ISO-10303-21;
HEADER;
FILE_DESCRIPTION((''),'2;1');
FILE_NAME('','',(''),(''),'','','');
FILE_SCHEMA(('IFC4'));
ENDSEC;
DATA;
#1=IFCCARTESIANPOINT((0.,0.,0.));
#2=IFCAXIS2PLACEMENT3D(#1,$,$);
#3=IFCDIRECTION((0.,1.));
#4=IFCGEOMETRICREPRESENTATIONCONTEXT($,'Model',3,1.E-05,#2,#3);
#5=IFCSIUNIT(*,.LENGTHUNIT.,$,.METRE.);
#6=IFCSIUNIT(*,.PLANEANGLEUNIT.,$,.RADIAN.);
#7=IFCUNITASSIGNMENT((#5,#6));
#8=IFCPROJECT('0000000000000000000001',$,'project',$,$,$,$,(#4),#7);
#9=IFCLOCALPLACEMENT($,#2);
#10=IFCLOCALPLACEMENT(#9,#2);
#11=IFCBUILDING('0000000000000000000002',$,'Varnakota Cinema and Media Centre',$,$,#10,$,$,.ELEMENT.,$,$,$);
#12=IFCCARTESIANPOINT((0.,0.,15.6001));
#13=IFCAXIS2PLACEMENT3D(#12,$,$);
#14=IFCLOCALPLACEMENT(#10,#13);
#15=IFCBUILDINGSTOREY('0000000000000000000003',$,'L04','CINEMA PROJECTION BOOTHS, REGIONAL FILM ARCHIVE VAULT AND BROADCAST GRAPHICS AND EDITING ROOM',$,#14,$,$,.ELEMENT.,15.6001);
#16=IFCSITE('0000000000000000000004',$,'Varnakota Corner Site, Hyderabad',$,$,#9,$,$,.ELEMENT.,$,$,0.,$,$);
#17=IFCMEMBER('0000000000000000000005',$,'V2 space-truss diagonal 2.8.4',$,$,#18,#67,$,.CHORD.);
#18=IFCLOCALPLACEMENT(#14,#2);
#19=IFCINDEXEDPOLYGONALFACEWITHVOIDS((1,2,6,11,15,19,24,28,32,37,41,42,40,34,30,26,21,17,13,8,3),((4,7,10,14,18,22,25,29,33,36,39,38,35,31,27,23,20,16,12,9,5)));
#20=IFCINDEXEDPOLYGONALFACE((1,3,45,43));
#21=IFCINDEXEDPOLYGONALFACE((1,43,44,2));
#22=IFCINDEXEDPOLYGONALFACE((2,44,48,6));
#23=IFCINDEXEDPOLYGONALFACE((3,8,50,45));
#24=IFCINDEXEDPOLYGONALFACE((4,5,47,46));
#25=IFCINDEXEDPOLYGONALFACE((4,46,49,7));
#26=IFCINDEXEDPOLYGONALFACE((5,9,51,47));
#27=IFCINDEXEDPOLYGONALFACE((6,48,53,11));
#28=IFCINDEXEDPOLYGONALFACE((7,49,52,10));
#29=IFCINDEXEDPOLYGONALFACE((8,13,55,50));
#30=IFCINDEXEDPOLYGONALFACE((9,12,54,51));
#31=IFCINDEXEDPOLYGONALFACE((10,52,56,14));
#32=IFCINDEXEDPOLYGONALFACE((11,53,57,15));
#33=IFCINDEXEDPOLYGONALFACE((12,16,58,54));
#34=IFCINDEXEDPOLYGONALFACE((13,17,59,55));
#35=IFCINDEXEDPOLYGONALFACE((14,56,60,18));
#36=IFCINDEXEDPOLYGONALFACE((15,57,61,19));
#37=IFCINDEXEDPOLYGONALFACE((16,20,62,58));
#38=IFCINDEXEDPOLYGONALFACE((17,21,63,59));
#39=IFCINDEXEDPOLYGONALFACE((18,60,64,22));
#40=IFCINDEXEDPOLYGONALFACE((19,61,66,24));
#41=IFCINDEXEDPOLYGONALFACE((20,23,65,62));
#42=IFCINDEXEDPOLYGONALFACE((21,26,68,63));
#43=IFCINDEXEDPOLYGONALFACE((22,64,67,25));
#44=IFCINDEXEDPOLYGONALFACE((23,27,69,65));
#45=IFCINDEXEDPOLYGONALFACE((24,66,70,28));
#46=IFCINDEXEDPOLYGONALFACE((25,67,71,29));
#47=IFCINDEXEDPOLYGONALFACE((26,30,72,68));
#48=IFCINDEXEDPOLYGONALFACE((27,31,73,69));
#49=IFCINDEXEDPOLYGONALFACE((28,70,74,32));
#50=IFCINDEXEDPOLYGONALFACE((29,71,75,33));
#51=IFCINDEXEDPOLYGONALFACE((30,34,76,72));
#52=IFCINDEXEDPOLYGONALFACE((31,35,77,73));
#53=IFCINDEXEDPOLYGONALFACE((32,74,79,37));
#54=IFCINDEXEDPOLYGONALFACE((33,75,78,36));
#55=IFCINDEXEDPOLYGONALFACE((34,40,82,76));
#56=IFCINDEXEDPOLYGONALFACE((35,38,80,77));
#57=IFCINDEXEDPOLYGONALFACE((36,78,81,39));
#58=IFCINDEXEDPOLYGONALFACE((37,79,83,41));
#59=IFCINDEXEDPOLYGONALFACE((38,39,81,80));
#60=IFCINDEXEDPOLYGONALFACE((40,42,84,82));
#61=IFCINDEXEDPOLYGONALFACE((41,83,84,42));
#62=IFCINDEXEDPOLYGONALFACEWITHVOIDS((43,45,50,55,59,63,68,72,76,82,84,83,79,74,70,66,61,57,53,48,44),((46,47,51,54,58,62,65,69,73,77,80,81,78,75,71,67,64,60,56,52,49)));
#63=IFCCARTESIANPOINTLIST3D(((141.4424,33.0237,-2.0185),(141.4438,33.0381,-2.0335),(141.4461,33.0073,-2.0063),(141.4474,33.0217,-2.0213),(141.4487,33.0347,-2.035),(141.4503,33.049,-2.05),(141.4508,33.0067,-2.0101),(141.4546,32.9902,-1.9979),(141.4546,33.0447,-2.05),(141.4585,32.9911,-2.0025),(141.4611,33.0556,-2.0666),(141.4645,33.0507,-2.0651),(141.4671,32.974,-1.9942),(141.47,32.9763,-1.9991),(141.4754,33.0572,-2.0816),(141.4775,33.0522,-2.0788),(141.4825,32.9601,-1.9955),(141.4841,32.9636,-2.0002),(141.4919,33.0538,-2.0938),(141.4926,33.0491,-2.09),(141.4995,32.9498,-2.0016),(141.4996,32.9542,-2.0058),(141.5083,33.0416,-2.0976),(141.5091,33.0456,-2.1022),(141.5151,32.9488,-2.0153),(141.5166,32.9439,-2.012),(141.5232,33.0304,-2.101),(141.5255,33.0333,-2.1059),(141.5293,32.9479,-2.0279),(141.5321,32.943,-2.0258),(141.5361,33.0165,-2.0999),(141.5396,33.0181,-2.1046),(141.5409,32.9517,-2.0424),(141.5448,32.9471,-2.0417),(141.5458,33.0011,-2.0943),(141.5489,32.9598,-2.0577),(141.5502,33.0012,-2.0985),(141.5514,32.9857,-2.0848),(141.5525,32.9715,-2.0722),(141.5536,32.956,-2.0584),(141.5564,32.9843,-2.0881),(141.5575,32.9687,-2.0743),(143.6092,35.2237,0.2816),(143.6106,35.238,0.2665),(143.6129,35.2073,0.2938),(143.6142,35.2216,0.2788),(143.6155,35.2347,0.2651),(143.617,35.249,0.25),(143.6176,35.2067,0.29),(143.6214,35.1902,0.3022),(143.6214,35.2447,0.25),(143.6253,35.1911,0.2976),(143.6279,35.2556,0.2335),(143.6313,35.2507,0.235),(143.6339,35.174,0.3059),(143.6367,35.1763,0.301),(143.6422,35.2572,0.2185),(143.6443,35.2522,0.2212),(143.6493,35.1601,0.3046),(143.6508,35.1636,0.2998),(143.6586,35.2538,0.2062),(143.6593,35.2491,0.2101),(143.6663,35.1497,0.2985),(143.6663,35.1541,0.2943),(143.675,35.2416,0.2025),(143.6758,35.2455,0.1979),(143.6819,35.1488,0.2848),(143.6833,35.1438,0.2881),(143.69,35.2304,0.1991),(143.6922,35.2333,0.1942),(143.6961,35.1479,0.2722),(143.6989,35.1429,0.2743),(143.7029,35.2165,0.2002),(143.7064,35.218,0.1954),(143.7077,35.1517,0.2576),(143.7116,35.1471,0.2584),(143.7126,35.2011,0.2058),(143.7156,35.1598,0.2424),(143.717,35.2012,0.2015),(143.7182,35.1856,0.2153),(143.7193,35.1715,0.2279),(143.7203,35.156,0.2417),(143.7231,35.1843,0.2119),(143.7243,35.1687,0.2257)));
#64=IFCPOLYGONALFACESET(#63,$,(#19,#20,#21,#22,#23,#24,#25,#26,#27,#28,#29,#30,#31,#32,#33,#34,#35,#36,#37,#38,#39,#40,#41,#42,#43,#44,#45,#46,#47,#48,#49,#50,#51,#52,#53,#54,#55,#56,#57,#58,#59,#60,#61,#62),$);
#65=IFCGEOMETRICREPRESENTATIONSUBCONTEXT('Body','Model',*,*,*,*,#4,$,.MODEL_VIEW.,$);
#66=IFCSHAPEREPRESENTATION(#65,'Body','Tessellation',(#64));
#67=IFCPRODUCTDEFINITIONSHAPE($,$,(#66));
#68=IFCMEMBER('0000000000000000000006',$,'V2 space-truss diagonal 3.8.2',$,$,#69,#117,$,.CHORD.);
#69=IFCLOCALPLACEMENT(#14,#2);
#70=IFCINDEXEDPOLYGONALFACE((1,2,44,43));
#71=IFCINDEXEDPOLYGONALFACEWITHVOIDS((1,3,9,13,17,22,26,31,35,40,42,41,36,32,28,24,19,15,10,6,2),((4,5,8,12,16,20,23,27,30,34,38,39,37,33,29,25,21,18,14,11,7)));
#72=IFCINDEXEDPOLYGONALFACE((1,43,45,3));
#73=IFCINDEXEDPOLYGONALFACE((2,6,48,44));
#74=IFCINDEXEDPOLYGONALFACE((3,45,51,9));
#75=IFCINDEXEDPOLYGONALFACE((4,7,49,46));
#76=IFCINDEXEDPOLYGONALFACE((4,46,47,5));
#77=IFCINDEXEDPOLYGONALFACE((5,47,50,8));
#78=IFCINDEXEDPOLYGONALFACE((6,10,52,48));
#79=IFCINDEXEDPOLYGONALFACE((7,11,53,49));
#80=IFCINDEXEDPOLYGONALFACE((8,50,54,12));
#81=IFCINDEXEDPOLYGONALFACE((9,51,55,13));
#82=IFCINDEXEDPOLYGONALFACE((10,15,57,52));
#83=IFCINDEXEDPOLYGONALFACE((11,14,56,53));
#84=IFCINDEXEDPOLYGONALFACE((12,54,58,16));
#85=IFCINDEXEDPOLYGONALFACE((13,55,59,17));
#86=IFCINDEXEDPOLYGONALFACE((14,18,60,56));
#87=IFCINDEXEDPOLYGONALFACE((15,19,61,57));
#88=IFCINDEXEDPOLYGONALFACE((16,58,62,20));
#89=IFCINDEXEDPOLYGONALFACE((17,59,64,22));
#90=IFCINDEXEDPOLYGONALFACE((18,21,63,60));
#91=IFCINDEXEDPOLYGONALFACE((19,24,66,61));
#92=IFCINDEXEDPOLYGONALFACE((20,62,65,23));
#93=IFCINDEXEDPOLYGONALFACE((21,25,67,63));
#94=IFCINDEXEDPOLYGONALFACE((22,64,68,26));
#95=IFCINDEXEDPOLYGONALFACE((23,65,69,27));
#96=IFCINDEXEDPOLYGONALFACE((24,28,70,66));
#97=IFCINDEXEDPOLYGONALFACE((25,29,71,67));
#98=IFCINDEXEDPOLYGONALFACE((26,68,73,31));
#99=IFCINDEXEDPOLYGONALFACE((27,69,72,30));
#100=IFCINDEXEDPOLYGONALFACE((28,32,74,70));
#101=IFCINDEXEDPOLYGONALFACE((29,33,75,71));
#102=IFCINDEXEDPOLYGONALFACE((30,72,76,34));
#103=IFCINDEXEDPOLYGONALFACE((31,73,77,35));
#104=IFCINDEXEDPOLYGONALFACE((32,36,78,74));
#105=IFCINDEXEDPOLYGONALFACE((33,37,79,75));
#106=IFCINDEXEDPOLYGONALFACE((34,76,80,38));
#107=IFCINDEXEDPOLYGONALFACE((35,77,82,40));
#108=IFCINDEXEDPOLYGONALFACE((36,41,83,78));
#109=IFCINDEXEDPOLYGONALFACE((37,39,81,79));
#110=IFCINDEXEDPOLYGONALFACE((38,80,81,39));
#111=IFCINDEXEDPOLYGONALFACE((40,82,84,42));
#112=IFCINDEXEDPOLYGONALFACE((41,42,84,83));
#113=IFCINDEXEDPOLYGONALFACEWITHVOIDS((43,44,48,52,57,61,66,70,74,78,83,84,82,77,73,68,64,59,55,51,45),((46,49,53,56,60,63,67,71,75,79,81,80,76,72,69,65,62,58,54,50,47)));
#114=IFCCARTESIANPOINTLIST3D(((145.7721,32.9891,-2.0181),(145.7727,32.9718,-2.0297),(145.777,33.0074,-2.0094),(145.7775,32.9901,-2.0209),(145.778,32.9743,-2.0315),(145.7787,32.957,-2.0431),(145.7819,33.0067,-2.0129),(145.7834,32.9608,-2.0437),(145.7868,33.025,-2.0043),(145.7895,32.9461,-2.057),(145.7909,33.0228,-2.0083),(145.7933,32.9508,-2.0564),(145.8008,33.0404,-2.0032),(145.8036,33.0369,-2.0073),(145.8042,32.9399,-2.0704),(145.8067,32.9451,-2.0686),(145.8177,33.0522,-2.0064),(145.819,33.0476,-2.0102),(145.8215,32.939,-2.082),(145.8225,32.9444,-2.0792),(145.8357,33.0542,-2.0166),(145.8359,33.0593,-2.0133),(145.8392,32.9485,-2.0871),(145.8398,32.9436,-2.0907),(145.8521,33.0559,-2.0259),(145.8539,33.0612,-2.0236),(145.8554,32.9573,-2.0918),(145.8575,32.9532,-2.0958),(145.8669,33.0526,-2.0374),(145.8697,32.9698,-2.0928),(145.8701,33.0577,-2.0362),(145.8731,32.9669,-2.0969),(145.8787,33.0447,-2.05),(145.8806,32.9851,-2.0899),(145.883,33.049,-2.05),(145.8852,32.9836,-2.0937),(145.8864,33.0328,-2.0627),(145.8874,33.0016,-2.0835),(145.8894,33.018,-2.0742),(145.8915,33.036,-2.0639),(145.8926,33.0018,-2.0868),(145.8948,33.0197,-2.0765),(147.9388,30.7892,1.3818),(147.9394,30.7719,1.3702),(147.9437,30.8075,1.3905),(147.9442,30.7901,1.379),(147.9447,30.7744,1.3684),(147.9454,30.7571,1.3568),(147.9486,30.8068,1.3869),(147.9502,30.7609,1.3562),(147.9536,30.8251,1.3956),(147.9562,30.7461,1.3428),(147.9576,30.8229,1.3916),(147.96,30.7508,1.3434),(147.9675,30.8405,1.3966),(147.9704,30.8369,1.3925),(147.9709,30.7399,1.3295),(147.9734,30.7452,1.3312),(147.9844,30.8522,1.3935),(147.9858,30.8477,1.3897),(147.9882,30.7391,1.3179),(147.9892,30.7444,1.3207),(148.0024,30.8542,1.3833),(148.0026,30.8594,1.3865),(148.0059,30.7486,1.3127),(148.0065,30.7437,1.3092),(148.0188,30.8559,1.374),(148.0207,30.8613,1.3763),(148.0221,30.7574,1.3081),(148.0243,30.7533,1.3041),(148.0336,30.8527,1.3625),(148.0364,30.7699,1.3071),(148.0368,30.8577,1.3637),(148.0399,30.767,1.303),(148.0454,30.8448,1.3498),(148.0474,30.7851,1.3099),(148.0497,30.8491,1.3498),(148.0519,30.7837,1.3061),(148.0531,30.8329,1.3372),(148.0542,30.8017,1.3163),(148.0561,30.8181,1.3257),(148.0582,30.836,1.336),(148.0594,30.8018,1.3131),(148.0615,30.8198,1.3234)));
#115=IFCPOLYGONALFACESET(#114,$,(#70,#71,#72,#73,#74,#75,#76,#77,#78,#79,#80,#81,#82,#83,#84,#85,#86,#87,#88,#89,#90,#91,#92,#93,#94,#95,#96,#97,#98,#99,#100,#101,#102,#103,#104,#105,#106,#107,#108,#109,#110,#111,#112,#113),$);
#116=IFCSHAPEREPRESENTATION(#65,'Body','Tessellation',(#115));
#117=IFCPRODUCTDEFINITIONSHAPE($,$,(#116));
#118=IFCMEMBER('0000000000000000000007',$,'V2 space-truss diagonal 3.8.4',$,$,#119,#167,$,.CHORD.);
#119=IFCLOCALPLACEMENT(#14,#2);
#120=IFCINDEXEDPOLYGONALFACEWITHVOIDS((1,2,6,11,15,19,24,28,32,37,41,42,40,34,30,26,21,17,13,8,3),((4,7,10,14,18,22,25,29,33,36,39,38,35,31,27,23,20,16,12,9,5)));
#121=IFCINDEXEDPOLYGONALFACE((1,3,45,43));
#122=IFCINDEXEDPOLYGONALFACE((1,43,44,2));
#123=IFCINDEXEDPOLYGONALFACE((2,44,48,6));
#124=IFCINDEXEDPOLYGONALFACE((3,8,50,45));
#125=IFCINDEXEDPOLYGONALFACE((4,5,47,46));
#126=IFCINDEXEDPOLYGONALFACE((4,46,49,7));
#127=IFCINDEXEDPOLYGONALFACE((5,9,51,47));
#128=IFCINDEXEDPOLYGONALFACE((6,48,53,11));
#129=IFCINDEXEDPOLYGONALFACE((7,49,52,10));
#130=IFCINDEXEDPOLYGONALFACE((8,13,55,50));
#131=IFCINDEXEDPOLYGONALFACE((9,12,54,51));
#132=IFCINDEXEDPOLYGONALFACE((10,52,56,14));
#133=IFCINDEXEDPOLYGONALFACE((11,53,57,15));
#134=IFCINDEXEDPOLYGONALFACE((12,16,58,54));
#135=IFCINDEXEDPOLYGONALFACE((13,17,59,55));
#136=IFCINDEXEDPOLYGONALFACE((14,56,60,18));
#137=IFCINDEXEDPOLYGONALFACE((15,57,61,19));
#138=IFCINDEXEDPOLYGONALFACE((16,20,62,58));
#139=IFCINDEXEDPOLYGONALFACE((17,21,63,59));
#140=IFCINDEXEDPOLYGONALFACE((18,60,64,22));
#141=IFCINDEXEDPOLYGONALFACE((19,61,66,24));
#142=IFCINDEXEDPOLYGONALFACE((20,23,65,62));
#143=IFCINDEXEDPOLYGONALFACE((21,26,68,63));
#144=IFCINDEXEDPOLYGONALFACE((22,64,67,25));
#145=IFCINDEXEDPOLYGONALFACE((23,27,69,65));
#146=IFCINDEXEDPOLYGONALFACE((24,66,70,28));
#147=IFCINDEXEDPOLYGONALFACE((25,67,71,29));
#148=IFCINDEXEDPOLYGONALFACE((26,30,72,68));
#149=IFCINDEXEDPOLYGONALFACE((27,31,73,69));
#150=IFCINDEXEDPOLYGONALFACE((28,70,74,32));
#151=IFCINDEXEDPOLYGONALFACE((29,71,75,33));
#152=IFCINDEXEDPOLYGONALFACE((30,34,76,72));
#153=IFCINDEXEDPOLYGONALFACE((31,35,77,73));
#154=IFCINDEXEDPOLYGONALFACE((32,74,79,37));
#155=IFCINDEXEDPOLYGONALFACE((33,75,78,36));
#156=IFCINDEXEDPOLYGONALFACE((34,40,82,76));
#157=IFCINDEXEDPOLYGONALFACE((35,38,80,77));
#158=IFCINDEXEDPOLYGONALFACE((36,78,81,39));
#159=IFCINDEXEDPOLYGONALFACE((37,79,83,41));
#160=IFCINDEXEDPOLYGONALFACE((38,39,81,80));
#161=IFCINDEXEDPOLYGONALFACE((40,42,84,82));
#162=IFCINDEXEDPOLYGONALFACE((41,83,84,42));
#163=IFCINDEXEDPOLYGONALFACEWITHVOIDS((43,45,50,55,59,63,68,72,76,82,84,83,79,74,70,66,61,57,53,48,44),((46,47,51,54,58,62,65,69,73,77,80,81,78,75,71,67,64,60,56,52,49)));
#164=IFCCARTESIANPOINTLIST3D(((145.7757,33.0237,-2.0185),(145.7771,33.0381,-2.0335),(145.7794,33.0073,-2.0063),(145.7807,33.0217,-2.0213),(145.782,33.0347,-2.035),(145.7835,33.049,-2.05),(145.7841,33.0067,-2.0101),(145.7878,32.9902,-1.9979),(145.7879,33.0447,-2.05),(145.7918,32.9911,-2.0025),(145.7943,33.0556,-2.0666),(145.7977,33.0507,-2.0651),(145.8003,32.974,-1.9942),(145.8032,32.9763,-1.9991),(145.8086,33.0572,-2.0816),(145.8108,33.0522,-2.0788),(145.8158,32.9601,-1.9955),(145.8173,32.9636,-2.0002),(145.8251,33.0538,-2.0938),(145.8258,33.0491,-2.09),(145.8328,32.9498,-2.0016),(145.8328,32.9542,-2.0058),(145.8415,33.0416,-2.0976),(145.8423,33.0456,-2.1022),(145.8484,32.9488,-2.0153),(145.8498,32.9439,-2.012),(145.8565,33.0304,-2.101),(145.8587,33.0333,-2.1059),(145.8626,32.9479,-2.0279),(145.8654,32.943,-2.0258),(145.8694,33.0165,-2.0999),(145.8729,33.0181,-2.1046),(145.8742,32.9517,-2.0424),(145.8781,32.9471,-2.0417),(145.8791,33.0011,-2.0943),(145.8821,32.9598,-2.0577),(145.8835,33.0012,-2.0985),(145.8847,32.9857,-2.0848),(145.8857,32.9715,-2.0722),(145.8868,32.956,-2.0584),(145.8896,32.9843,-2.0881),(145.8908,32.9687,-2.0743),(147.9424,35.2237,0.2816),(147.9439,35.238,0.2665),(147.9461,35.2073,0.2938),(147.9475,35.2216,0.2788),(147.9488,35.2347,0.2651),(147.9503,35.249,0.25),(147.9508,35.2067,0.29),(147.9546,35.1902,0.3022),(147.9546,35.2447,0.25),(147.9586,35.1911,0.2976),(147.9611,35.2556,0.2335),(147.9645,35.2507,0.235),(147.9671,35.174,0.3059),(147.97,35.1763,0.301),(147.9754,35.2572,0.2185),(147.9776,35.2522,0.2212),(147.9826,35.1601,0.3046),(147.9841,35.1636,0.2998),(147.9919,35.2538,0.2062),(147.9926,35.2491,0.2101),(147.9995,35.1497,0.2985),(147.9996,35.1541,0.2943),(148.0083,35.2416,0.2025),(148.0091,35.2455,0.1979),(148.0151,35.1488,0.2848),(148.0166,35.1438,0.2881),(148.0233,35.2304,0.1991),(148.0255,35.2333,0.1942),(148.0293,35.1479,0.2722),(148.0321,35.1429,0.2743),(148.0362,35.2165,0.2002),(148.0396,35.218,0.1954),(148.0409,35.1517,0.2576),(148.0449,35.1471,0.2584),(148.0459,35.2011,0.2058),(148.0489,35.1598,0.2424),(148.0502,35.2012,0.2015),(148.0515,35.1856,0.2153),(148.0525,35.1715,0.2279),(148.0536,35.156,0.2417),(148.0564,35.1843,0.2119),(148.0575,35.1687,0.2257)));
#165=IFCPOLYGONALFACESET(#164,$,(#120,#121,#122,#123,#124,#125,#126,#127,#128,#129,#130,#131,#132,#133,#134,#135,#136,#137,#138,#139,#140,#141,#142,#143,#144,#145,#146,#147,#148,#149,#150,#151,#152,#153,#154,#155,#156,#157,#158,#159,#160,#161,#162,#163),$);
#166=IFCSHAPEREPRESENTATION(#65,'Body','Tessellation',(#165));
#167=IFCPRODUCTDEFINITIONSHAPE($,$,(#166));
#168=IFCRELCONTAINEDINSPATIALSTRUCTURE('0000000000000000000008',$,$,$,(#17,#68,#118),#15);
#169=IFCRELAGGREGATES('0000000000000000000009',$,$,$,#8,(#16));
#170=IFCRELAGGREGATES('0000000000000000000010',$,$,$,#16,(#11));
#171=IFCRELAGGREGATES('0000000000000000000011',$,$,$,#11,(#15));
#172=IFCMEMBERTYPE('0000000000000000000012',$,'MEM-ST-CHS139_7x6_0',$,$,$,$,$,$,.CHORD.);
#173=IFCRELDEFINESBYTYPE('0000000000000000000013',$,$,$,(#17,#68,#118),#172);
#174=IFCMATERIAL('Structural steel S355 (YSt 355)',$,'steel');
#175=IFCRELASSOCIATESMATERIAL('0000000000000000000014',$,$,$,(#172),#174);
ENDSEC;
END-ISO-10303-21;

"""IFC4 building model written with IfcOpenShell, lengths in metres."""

from ifc_helpers import new_model, si_unit, direction, frame, origin, origin_2d, place, context, subcontext, project, spatial, hollow_circle, extrude, material, material_profile, profile_set, type_object, element, save


model = new_model("IFC4")

# Units and contexts
model_context = context("Model", 3, precision=1e-05, world=origin(), true_north=direction((0.0, 1.0)))
body_context = subcontext(model_context, "Body", "Model", "MODEL_VIEW")
ifc_project = project(units=[si_unit("LENGTHUNIT", "METRE"), si_unit("PLANEANGLEUNIT", "RADIAN")], contexts=[model_context])

# Site, building, storey
site_placement = place(None, origin())
site = spatial("IfcSite", under=ifc_project, at=site_placement, Name="Varnakota Corner Site, Hyderabad", CompositionType="ELEMENT", RefElevation=0.0)
building_placement = place(site_placement, origin())
building = spatial("IfcBuilding", under=site, at=building_placement, Name="Varnakota Cinema and Media Centre", CompositionType="ELEMENT")
storey_placement = place(building_placement, frame((0.0, 0.0, 15.6001)))
storey = spatial("IfcBuildingStorey", under=building, at=storey_placement, Name="L04", Description="CINEMA PROJECTION BOOTHS, REGIONAL FILM ARCHIVE VAULT AND BROADCAST GRAPHICS AND EDITING ROOM", CompositionType="ELEMENT", Elevation=15.6001)

# Members
ifc_material_1 = material(Name="Structural steel S355 (YSt 355)", Category="steel")
ifc_material_profile_1 = material_profile(ifc_material_1, hollow_circle(Radius=0.0698, WallThickness=0.0061, at=origin_2d()), Name="CHS 139.7x6.0")
ifc_profile_set_1 = profile_set([ifc_material_profile_1], Name="Structural steel S355 (YSt 355)")
member_type_1 = type_object("IfcMemberType", Name="MEM-ST-CHS139_7x6_0", PredefinedType="CHORD", material=ifc_profile_set_1)
member_1_placement = place(storey_placement, frame((141.5, 33.0, -2.05), z_axis=(0.562748, 0.571371, 0.597369), x_axis=(-0.712463, 0.70171, 0.0)))
element("IfcMember", 1, at=member_1_placement, inside=storey, type_object=member_type_1, Name="V2 space-truss diagonal 2.8.4", PredefinedType="CHORD", context=body_context, shape_type="SweptSolid", body=[
    extrude(hollow_circle(Radius=0.0698, WallThickness=0.0061, at=origin_2d()), origin(), (0.0, 0.0, 1.0), 3.8503),
])
member_2_placement = place(storey_placement, frame((145.8333, 33.0, -2.05), z_axis=(0.471769, -0.478999, 0.740266), x_axis=(0.712463, 0.70171, 0.0)))
element("IfcMember", 2, at=member_2_placement, inside=storey, type_object=member_type_1, Name="V2 space-truss diagonal 3.8.2", PredefinedType="CHORD", context=body_context, shape_type="SweptSolid", body=[
    extrude(hollow_circle(Radius=0.0698, WallThickness=0.0061, at=origin_2d()), origin(), (0.0, 0.0, 1.0), 4.5928),
])
member_3_placement = place(storey_placement, frame((145.8333, 33.0, -2.05), z_axis=(0.562748, 0.571371, 0.597369), x_axis=(-0.712463, 0.70171, 0.0)))
element("IfcMember", 3, at=member_3_placement, inside=storey, type_object=member_type_1, Name="V2 space-truss diagonal 3.8.4", PredefinedType="CHORD", context=body_context, shape_type="SweptSolid", body=[
    extrude(hollow_circle(Radius=0.0698, WallThickness=0.0061, at=origin_2d()), origin(), (0.0, 0.0, 1.0), 3.8503),
])

save(model, "model.ifc")
